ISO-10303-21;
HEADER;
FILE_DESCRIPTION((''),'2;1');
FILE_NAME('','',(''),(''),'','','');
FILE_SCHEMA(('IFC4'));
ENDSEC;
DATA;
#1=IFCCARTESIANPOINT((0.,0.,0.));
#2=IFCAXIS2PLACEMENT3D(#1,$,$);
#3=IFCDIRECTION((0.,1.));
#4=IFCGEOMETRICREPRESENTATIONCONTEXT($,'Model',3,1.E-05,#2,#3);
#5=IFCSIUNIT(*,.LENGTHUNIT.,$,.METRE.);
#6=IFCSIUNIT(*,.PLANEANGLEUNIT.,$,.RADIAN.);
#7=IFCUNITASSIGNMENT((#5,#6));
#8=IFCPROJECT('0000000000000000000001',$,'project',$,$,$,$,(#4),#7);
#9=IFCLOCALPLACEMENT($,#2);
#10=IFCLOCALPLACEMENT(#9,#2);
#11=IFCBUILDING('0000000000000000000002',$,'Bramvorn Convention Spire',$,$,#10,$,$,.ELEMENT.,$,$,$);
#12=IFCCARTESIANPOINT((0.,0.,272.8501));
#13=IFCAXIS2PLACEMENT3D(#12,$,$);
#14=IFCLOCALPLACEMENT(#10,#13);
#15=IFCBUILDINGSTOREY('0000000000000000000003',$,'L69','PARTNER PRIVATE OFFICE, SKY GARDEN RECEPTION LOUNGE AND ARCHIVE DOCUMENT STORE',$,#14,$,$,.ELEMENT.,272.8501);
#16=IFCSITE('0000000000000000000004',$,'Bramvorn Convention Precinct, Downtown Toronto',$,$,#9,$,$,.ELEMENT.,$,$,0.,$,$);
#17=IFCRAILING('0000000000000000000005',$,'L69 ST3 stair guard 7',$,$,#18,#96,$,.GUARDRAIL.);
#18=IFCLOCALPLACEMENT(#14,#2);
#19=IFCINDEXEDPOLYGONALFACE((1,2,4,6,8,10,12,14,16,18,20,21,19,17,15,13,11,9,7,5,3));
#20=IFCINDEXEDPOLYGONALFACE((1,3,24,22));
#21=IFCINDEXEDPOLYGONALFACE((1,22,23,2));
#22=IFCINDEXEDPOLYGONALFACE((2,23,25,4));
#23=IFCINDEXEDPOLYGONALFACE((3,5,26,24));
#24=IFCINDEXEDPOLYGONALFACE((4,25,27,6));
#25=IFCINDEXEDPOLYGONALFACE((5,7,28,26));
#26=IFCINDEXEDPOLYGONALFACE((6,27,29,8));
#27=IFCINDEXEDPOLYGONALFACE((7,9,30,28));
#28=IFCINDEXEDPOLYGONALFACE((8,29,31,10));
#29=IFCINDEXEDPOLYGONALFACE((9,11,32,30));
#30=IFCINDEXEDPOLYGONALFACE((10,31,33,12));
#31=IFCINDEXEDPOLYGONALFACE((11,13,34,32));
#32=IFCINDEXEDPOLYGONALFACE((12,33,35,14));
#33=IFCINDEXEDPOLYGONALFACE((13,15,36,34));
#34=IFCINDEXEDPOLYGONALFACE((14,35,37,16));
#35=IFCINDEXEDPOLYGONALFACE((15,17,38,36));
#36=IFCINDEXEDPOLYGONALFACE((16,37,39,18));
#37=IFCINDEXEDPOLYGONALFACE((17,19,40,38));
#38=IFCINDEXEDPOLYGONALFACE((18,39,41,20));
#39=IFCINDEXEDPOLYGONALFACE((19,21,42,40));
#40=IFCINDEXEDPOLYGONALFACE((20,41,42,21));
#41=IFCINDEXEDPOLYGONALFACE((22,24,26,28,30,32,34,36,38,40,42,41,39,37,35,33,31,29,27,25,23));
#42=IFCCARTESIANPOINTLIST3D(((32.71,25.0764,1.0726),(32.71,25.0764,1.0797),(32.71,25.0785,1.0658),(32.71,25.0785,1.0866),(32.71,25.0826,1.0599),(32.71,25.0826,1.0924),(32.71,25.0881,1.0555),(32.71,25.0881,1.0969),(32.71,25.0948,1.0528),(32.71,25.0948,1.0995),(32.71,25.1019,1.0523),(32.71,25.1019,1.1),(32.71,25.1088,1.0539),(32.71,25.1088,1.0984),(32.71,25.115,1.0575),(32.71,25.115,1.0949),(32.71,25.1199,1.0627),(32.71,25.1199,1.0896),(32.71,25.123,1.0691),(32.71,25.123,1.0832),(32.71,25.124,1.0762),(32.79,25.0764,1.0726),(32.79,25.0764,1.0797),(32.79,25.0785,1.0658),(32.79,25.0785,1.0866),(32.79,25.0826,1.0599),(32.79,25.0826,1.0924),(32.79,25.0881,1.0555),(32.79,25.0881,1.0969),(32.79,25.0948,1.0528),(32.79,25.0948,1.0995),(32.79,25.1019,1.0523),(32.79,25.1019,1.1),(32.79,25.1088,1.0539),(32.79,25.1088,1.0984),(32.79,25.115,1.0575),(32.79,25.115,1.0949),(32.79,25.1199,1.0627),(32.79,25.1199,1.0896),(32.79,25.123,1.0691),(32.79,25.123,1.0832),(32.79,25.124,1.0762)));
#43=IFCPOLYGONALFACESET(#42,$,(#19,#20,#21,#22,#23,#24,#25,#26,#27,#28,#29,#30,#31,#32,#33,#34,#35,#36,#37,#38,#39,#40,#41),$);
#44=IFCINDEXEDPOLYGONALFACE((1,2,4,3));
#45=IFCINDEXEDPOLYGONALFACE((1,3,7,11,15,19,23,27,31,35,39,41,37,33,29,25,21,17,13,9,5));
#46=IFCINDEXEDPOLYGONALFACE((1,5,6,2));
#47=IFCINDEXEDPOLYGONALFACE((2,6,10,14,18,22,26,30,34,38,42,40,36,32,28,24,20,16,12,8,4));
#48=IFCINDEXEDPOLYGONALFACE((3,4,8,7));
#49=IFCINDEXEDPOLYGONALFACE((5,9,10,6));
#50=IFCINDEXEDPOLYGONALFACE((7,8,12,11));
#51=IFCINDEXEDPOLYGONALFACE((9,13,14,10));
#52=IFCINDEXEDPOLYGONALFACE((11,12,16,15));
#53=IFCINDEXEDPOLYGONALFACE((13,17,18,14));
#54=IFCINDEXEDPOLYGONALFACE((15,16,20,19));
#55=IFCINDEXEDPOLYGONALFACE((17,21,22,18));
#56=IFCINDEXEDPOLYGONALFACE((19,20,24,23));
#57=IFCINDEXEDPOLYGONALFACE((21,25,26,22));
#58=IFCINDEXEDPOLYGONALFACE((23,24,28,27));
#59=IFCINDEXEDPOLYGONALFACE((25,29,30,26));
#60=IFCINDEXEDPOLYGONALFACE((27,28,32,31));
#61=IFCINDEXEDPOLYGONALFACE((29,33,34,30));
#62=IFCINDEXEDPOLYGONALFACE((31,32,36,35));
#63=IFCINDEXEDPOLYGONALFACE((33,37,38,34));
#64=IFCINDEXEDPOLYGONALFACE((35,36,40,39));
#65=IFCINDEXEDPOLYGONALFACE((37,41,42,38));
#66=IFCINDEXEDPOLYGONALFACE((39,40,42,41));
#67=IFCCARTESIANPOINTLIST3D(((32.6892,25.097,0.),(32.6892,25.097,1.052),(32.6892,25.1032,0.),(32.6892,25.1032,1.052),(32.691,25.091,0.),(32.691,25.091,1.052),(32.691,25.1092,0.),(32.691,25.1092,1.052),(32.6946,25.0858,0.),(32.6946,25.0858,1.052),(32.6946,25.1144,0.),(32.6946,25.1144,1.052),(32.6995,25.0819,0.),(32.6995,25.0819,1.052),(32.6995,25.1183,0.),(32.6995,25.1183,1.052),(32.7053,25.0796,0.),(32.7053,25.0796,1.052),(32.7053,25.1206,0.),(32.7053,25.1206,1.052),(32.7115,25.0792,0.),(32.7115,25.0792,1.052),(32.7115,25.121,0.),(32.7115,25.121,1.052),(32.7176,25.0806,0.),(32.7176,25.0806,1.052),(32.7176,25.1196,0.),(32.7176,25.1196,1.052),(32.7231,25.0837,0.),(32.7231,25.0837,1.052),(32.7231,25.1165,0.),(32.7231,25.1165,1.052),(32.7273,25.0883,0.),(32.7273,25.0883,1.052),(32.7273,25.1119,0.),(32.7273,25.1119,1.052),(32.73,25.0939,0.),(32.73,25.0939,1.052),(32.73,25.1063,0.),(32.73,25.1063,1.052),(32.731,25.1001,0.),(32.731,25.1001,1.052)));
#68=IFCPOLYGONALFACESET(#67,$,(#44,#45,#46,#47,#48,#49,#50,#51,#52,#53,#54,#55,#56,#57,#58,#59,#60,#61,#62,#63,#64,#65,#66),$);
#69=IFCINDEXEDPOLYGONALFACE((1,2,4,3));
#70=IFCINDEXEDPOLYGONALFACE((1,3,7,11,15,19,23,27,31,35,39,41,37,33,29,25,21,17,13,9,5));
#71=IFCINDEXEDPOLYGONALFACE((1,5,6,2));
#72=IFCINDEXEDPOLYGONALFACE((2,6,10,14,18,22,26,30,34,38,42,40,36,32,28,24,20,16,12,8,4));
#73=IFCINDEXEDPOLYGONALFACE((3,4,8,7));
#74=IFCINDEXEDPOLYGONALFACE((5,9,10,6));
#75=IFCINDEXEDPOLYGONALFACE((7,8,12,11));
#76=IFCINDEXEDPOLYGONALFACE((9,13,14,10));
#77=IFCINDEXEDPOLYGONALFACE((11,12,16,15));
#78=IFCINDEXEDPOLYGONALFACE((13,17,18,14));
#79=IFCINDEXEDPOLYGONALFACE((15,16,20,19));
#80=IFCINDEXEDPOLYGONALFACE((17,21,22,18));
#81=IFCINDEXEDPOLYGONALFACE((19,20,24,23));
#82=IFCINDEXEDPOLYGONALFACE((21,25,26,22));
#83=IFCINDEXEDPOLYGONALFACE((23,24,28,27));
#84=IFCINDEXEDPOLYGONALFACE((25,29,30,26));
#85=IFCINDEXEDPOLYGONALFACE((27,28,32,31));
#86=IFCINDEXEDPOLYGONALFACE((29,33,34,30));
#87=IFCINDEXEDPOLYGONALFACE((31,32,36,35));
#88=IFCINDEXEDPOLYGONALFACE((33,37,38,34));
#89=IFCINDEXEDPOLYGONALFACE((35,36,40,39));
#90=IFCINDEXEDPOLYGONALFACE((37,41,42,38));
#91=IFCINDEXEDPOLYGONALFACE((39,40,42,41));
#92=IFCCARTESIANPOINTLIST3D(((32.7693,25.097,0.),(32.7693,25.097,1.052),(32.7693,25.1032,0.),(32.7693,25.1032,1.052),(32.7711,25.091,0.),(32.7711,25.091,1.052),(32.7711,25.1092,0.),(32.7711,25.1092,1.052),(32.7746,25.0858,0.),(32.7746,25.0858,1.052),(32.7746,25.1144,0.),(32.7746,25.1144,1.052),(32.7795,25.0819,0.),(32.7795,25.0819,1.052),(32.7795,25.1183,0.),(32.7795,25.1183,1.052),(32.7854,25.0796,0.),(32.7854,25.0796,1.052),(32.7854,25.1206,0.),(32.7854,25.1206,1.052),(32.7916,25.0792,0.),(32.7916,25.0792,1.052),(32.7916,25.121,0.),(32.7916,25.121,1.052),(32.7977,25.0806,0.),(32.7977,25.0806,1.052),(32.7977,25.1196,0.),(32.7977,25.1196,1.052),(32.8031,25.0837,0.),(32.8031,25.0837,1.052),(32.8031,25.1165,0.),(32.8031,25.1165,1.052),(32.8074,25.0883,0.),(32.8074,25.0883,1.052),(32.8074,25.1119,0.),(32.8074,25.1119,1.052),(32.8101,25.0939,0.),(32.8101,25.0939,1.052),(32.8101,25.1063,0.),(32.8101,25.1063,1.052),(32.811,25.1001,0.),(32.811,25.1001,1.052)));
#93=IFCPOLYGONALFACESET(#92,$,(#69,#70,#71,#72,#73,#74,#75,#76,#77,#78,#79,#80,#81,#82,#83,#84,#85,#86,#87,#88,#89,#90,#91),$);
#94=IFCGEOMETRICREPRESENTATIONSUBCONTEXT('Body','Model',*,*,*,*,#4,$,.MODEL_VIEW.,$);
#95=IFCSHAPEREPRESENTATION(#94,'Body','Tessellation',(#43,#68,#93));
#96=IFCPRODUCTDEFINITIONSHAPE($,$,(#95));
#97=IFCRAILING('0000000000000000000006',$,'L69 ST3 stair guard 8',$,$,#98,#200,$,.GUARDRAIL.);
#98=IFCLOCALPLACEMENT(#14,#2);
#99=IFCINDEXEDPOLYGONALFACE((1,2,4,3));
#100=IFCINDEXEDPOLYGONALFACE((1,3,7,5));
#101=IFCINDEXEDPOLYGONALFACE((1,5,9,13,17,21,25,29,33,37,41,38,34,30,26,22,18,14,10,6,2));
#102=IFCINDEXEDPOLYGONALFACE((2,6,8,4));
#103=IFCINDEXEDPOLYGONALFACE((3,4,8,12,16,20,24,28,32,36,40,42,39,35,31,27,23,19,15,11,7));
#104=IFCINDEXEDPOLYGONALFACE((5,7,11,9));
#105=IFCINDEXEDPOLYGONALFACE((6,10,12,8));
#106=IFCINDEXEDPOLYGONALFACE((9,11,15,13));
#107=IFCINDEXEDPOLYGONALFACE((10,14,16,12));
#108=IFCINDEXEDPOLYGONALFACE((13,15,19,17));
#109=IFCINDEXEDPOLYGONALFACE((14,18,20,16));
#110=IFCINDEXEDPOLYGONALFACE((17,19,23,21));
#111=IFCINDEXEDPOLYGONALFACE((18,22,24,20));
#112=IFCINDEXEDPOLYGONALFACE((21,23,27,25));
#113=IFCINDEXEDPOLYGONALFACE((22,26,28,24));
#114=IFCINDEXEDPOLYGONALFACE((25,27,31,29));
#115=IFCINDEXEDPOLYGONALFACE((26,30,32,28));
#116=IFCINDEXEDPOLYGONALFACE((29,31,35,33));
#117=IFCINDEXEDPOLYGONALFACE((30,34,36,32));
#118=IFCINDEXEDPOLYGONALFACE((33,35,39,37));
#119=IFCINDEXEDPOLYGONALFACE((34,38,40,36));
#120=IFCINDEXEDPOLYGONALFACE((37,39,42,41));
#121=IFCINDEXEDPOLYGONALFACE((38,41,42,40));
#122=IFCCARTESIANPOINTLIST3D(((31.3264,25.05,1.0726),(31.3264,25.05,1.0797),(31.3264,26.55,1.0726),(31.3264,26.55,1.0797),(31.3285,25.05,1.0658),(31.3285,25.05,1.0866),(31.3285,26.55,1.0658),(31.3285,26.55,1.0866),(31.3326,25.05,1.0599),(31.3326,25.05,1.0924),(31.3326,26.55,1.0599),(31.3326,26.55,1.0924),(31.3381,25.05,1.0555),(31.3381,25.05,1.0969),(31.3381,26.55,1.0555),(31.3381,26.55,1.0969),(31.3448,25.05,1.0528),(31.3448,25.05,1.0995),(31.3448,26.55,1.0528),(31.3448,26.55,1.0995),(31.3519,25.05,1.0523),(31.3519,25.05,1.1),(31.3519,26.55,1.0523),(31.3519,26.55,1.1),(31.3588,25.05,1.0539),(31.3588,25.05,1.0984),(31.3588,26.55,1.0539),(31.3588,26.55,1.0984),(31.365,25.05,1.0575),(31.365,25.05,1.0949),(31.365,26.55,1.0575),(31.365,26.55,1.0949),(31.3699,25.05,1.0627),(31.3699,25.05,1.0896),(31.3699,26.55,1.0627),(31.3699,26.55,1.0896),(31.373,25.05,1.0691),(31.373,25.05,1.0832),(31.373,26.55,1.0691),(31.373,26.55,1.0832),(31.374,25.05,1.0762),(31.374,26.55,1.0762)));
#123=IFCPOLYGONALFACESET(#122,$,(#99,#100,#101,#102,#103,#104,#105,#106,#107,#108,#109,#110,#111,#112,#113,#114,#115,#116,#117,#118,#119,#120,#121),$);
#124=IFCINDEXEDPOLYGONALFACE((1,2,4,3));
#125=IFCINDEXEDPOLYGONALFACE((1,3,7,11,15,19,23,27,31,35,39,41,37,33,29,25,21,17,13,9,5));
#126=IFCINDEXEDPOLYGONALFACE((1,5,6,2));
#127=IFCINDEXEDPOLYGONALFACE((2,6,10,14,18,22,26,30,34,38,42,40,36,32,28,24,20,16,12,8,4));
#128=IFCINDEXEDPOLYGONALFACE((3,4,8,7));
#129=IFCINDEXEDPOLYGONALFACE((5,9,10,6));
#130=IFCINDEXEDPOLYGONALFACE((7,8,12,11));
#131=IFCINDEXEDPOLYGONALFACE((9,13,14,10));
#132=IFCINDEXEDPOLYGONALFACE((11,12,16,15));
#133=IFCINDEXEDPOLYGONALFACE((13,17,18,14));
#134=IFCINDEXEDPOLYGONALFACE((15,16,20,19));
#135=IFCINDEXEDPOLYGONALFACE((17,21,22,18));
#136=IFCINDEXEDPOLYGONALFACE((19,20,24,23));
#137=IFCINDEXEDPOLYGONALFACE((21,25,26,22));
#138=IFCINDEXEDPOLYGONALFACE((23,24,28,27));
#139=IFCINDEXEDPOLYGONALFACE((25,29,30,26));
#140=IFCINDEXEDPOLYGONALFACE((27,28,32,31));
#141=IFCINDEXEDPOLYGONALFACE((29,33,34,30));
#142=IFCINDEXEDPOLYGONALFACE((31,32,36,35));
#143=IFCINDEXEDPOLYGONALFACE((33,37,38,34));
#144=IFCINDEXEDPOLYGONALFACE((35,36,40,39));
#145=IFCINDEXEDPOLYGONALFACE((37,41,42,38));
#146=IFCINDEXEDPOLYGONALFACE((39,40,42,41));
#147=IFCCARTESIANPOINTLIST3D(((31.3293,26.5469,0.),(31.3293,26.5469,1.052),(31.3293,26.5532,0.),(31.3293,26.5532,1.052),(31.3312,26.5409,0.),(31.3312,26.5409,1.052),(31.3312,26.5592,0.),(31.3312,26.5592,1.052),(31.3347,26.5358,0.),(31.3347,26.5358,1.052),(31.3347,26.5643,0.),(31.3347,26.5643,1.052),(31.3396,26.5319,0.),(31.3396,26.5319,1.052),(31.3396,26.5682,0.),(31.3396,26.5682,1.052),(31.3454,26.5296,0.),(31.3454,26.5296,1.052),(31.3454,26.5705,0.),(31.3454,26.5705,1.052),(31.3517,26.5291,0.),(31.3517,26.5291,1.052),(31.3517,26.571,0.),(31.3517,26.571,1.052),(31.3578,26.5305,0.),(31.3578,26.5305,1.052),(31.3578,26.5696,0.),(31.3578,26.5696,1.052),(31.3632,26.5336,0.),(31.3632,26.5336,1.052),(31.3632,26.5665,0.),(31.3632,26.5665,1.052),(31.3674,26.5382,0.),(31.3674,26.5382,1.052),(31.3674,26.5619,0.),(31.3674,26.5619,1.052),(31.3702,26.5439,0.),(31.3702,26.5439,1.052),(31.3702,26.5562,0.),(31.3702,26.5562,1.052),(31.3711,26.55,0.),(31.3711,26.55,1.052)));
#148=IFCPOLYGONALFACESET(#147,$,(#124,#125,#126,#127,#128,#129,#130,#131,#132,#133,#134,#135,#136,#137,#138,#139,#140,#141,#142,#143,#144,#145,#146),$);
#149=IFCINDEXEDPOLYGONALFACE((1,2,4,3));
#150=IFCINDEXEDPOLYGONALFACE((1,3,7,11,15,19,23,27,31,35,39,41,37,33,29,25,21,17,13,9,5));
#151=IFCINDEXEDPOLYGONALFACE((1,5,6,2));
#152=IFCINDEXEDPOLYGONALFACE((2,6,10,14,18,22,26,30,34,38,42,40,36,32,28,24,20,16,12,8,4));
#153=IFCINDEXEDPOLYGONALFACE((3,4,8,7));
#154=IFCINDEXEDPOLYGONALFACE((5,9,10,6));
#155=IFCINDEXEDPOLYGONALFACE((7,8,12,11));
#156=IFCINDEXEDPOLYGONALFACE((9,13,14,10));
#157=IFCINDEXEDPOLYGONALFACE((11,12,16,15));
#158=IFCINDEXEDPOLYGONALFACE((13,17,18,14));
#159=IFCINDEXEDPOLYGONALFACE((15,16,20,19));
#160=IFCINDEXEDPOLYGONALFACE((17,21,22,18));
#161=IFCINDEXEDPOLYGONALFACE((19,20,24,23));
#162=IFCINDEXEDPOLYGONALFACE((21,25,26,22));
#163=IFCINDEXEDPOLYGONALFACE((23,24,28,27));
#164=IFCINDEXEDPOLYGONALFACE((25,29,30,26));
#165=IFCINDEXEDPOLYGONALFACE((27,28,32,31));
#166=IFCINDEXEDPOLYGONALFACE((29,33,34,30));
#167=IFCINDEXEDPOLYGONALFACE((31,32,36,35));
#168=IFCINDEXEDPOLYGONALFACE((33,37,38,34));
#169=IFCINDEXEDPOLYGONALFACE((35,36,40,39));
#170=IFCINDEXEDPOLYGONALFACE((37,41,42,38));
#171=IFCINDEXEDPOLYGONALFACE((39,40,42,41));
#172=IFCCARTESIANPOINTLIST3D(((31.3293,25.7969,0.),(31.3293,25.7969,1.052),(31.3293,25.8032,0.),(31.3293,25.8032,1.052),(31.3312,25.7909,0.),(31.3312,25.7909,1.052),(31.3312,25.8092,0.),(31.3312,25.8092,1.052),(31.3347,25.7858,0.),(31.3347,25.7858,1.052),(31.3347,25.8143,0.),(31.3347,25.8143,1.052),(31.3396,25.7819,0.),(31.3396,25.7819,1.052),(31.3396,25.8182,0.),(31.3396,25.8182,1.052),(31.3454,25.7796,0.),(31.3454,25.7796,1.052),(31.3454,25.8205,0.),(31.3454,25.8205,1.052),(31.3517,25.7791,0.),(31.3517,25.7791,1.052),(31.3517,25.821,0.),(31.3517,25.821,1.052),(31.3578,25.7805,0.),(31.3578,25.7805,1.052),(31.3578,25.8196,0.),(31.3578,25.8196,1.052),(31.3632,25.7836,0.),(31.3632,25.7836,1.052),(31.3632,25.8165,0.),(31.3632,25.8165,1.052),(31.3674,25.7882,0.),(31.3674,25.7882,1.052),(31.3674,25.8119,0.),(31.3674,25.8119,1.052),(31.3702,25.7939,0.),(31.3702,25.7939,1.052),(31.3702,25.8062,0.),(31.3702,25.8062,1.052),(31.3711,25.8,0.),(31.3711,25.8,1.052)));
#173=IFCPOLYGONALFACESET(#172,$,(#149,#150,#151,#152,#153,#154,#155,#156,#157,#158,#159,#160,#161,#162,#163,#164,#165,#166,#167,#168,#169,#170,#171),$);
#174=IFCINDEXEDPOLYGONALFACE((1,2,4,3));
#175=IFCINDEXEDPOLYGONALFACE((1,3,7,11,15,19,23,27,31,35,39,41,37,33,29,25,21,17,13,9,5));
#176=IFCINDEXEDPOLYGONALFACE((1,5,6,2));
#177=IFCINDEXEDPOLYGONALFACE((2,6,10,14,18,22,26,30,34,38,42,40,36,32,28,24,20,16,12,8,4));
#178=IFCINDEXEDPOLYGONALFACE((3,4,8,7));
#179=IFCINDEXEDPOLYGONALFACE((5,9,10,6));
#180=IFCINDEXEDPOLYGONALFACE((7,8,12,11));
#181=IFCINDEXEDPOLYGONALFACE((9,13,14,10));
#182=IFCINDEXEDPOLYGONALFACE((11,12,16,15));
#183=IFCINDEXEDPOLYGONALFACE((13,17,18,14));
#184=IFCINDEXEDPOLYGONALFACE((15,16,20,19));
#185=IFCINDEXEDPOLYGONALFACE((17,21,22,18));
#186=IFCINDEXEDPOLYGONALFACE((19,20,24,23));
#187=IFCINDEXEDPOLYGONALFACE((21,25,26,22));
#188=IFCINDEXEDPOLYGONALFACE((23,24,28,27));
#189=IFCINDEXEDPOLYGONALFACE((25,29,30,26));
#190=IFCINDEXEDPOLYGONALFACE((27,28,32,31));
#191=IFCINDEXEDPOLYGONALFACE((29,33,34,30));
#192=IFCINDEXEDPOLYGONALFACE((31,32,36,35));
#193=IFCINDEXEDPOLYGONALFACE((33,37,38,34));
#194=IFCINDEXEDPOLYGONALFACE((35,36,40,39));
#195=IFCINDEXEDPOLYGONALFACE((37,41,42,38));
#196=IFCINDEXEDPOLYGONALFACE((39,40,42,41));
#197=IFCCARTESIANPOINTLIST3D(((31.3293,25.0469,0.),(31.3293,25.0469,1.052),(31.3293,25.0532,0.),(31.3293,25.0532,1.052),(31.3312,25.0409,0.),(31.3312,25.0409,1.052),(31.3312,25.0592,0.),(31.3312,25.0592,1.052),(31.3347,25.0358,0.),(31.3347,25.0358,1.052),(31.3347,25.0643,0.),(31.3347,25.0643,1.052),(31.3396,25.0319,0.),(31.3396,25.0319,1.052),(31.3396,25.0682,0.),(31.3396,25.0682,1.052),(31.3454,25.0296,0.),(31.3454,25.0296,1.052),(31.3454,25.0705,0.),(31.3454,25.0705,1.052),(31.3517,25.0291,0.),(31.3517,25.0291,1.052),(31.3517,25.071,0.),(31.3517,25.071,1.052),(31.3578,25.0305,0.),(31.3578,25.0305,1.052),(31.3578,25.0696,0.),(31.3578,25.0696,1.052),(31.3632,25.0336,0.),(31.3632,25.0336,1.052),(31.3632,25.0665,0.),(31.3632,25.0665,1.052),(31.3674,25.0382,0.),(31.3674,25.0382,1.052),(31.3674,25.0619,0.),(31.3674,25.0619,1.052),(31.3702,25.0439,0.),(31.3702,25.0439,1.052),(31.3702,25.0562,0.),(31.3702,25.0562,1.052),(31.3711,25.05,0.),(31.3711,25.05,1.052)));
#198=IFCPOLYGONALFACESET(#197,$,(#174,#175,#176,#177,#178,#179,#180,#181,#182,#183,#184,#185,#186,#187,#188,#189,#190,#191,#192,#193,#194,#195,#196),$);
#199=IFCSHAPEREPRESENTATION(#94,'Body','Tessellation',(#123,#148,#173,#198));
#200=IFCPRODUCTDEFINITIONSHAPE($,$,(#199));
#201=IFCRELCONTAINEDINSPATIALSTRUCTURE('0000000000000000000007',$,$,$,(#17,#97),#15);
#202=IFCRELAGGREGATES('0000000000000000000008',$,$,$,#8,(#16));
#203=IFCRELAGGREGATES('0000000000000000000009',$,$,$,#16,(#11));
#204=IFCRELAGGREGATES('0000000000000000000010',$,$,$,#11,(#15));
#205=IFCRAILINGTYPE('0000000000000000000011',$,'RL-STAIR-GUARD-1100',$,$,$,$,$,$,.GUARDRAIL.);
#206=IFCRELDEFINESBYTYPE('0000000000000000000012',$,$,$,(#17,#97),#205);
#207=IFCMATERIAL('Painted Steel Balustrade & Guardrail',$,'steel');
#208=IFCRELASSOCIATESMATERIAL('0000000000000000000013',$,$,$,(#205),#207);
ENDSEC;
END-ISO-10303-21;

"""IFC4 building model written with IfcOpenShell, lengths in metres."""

from ifc_helpers import new_model, si_unit, direction, frame, origin, origin_2d, place, context, subcontext, project, spatial, circle, extrude, material, type_object, element, save


model = new_model("IFC4")

# Units and contexts
model_context = context("Model", 3, precision=1e-05, world=origin(), true_north=direction((0.0, 1.0)))
body_context = subcontext(model_context, "Body", "Model", "MODEL_VIEW")
ifc_project = project(units=[si_unit("LENGTHUNIT", "METRE"), si_unit("PLANEANGLEUNIT", "RADIAN")], contexts=[model_context])

# Site, building, storey
site_placement = place(None, origin())
site = spatial("IfcSite", under=ifc_project, at=site_placement, Name="Bramvorn Convention Precinct, Downtown Toronto", CompositionType="ELEMENT", RefElevation=0.0)
building_placement = place(site_placement, origin())
building = spatial("IfcBuilding", under=site, at=building_placement, Name="Bramvorn Convention Spire", CompositionType="ELEMENT")
storey_placement = place(building_placement, frame((0.0, 0.0, 272.8501)))
storey = spatial("IfcBuildingStorey", under=building, at=storey_placement, Name="L69", Description="PARTNER PRIVATE OFFICE, SKY GARDEN RECEPTION LOUNGE AND ARCHIVE DOCUMENT STORE", CompositionType="ELEMENT", Elevation=272.8501)

# Railings
ifc_material_1 = material(Name="Painted Steel Balustrade & Guardrail", Category="steel")
railing_type_1 = type_object("IfcRailingType", Name="RL-STAIR-GUARD-1100", PredefinedType="GUARDRAIL", material=ifc_material_1)
railing_1_placement = place(storey_placement, frame((32.71, 25.1001, 0.0)))
element("IfcRailing", 1, at=railing_1_placement, inside=storey, type_object=railing_type_1, Name="L69 ST3 stair guard 7", PredefinedType="GUARDRAIL", context=body_context, shape_type="SweptSolid", body=[
    extrude(circle(Radius=0.0239, at=origin_2d()), frame((0.0, 0.0, 1.0762), z_axis=(1.0, 0.0, 0.0), x_axis=(0.0, 1.0, 0.0)), (0.0, 0.0, 1.0), 0.0801),
    extrude(circle(Radius=0.021, at=origin_2d()), origin(), (0.0, 0.0, 1.0), 1.052),
    extrude(circle(Radius=0.021, at=origin_2d()), frame((0.0801, 0.0, 0.0)), (0.0, 0.0, 1.0), 1.052),
])
for number, where, name in (
    (2, (31.3501, 26.55, 0.0), "L69 ST3 stair guard 8"),
):
    element("IfcRailing", number, at=place(storey_placement, frame(where)), inside=storey, type_object=railing_type_1, Name=name, PredefinedType="GUARDRAIL", context=body_context, shape_type="SweptSolid", body=[
        extrude(circle(Radius=0.0239, at=origin_2d()), frame((0.0, 0.0, 1.0762), z_axis=(0.0, -1.0, 0.0), x_axis=(1.0, 0.0, 0.0)), (0.0, 0.0, 1.0), 1.5),
        extrude(circle(Radius=0.021, at=origin_2d()), origin(), (0.0, 0.0, 1.0), 1.052),
        extrude(circle(Radius=0.021, at=origin_2d()), frame((0.0, -0.75, 0.0)), (0.0, 0.0, 1.0), 1.052),
        extrude(circle(Radius=0.021, at=origin_2d()), frame((0.0, -1.5, 0.0)), (0.0, 0.0, 1.0), 1.052),
    ])

save(model, "model.ifc")
